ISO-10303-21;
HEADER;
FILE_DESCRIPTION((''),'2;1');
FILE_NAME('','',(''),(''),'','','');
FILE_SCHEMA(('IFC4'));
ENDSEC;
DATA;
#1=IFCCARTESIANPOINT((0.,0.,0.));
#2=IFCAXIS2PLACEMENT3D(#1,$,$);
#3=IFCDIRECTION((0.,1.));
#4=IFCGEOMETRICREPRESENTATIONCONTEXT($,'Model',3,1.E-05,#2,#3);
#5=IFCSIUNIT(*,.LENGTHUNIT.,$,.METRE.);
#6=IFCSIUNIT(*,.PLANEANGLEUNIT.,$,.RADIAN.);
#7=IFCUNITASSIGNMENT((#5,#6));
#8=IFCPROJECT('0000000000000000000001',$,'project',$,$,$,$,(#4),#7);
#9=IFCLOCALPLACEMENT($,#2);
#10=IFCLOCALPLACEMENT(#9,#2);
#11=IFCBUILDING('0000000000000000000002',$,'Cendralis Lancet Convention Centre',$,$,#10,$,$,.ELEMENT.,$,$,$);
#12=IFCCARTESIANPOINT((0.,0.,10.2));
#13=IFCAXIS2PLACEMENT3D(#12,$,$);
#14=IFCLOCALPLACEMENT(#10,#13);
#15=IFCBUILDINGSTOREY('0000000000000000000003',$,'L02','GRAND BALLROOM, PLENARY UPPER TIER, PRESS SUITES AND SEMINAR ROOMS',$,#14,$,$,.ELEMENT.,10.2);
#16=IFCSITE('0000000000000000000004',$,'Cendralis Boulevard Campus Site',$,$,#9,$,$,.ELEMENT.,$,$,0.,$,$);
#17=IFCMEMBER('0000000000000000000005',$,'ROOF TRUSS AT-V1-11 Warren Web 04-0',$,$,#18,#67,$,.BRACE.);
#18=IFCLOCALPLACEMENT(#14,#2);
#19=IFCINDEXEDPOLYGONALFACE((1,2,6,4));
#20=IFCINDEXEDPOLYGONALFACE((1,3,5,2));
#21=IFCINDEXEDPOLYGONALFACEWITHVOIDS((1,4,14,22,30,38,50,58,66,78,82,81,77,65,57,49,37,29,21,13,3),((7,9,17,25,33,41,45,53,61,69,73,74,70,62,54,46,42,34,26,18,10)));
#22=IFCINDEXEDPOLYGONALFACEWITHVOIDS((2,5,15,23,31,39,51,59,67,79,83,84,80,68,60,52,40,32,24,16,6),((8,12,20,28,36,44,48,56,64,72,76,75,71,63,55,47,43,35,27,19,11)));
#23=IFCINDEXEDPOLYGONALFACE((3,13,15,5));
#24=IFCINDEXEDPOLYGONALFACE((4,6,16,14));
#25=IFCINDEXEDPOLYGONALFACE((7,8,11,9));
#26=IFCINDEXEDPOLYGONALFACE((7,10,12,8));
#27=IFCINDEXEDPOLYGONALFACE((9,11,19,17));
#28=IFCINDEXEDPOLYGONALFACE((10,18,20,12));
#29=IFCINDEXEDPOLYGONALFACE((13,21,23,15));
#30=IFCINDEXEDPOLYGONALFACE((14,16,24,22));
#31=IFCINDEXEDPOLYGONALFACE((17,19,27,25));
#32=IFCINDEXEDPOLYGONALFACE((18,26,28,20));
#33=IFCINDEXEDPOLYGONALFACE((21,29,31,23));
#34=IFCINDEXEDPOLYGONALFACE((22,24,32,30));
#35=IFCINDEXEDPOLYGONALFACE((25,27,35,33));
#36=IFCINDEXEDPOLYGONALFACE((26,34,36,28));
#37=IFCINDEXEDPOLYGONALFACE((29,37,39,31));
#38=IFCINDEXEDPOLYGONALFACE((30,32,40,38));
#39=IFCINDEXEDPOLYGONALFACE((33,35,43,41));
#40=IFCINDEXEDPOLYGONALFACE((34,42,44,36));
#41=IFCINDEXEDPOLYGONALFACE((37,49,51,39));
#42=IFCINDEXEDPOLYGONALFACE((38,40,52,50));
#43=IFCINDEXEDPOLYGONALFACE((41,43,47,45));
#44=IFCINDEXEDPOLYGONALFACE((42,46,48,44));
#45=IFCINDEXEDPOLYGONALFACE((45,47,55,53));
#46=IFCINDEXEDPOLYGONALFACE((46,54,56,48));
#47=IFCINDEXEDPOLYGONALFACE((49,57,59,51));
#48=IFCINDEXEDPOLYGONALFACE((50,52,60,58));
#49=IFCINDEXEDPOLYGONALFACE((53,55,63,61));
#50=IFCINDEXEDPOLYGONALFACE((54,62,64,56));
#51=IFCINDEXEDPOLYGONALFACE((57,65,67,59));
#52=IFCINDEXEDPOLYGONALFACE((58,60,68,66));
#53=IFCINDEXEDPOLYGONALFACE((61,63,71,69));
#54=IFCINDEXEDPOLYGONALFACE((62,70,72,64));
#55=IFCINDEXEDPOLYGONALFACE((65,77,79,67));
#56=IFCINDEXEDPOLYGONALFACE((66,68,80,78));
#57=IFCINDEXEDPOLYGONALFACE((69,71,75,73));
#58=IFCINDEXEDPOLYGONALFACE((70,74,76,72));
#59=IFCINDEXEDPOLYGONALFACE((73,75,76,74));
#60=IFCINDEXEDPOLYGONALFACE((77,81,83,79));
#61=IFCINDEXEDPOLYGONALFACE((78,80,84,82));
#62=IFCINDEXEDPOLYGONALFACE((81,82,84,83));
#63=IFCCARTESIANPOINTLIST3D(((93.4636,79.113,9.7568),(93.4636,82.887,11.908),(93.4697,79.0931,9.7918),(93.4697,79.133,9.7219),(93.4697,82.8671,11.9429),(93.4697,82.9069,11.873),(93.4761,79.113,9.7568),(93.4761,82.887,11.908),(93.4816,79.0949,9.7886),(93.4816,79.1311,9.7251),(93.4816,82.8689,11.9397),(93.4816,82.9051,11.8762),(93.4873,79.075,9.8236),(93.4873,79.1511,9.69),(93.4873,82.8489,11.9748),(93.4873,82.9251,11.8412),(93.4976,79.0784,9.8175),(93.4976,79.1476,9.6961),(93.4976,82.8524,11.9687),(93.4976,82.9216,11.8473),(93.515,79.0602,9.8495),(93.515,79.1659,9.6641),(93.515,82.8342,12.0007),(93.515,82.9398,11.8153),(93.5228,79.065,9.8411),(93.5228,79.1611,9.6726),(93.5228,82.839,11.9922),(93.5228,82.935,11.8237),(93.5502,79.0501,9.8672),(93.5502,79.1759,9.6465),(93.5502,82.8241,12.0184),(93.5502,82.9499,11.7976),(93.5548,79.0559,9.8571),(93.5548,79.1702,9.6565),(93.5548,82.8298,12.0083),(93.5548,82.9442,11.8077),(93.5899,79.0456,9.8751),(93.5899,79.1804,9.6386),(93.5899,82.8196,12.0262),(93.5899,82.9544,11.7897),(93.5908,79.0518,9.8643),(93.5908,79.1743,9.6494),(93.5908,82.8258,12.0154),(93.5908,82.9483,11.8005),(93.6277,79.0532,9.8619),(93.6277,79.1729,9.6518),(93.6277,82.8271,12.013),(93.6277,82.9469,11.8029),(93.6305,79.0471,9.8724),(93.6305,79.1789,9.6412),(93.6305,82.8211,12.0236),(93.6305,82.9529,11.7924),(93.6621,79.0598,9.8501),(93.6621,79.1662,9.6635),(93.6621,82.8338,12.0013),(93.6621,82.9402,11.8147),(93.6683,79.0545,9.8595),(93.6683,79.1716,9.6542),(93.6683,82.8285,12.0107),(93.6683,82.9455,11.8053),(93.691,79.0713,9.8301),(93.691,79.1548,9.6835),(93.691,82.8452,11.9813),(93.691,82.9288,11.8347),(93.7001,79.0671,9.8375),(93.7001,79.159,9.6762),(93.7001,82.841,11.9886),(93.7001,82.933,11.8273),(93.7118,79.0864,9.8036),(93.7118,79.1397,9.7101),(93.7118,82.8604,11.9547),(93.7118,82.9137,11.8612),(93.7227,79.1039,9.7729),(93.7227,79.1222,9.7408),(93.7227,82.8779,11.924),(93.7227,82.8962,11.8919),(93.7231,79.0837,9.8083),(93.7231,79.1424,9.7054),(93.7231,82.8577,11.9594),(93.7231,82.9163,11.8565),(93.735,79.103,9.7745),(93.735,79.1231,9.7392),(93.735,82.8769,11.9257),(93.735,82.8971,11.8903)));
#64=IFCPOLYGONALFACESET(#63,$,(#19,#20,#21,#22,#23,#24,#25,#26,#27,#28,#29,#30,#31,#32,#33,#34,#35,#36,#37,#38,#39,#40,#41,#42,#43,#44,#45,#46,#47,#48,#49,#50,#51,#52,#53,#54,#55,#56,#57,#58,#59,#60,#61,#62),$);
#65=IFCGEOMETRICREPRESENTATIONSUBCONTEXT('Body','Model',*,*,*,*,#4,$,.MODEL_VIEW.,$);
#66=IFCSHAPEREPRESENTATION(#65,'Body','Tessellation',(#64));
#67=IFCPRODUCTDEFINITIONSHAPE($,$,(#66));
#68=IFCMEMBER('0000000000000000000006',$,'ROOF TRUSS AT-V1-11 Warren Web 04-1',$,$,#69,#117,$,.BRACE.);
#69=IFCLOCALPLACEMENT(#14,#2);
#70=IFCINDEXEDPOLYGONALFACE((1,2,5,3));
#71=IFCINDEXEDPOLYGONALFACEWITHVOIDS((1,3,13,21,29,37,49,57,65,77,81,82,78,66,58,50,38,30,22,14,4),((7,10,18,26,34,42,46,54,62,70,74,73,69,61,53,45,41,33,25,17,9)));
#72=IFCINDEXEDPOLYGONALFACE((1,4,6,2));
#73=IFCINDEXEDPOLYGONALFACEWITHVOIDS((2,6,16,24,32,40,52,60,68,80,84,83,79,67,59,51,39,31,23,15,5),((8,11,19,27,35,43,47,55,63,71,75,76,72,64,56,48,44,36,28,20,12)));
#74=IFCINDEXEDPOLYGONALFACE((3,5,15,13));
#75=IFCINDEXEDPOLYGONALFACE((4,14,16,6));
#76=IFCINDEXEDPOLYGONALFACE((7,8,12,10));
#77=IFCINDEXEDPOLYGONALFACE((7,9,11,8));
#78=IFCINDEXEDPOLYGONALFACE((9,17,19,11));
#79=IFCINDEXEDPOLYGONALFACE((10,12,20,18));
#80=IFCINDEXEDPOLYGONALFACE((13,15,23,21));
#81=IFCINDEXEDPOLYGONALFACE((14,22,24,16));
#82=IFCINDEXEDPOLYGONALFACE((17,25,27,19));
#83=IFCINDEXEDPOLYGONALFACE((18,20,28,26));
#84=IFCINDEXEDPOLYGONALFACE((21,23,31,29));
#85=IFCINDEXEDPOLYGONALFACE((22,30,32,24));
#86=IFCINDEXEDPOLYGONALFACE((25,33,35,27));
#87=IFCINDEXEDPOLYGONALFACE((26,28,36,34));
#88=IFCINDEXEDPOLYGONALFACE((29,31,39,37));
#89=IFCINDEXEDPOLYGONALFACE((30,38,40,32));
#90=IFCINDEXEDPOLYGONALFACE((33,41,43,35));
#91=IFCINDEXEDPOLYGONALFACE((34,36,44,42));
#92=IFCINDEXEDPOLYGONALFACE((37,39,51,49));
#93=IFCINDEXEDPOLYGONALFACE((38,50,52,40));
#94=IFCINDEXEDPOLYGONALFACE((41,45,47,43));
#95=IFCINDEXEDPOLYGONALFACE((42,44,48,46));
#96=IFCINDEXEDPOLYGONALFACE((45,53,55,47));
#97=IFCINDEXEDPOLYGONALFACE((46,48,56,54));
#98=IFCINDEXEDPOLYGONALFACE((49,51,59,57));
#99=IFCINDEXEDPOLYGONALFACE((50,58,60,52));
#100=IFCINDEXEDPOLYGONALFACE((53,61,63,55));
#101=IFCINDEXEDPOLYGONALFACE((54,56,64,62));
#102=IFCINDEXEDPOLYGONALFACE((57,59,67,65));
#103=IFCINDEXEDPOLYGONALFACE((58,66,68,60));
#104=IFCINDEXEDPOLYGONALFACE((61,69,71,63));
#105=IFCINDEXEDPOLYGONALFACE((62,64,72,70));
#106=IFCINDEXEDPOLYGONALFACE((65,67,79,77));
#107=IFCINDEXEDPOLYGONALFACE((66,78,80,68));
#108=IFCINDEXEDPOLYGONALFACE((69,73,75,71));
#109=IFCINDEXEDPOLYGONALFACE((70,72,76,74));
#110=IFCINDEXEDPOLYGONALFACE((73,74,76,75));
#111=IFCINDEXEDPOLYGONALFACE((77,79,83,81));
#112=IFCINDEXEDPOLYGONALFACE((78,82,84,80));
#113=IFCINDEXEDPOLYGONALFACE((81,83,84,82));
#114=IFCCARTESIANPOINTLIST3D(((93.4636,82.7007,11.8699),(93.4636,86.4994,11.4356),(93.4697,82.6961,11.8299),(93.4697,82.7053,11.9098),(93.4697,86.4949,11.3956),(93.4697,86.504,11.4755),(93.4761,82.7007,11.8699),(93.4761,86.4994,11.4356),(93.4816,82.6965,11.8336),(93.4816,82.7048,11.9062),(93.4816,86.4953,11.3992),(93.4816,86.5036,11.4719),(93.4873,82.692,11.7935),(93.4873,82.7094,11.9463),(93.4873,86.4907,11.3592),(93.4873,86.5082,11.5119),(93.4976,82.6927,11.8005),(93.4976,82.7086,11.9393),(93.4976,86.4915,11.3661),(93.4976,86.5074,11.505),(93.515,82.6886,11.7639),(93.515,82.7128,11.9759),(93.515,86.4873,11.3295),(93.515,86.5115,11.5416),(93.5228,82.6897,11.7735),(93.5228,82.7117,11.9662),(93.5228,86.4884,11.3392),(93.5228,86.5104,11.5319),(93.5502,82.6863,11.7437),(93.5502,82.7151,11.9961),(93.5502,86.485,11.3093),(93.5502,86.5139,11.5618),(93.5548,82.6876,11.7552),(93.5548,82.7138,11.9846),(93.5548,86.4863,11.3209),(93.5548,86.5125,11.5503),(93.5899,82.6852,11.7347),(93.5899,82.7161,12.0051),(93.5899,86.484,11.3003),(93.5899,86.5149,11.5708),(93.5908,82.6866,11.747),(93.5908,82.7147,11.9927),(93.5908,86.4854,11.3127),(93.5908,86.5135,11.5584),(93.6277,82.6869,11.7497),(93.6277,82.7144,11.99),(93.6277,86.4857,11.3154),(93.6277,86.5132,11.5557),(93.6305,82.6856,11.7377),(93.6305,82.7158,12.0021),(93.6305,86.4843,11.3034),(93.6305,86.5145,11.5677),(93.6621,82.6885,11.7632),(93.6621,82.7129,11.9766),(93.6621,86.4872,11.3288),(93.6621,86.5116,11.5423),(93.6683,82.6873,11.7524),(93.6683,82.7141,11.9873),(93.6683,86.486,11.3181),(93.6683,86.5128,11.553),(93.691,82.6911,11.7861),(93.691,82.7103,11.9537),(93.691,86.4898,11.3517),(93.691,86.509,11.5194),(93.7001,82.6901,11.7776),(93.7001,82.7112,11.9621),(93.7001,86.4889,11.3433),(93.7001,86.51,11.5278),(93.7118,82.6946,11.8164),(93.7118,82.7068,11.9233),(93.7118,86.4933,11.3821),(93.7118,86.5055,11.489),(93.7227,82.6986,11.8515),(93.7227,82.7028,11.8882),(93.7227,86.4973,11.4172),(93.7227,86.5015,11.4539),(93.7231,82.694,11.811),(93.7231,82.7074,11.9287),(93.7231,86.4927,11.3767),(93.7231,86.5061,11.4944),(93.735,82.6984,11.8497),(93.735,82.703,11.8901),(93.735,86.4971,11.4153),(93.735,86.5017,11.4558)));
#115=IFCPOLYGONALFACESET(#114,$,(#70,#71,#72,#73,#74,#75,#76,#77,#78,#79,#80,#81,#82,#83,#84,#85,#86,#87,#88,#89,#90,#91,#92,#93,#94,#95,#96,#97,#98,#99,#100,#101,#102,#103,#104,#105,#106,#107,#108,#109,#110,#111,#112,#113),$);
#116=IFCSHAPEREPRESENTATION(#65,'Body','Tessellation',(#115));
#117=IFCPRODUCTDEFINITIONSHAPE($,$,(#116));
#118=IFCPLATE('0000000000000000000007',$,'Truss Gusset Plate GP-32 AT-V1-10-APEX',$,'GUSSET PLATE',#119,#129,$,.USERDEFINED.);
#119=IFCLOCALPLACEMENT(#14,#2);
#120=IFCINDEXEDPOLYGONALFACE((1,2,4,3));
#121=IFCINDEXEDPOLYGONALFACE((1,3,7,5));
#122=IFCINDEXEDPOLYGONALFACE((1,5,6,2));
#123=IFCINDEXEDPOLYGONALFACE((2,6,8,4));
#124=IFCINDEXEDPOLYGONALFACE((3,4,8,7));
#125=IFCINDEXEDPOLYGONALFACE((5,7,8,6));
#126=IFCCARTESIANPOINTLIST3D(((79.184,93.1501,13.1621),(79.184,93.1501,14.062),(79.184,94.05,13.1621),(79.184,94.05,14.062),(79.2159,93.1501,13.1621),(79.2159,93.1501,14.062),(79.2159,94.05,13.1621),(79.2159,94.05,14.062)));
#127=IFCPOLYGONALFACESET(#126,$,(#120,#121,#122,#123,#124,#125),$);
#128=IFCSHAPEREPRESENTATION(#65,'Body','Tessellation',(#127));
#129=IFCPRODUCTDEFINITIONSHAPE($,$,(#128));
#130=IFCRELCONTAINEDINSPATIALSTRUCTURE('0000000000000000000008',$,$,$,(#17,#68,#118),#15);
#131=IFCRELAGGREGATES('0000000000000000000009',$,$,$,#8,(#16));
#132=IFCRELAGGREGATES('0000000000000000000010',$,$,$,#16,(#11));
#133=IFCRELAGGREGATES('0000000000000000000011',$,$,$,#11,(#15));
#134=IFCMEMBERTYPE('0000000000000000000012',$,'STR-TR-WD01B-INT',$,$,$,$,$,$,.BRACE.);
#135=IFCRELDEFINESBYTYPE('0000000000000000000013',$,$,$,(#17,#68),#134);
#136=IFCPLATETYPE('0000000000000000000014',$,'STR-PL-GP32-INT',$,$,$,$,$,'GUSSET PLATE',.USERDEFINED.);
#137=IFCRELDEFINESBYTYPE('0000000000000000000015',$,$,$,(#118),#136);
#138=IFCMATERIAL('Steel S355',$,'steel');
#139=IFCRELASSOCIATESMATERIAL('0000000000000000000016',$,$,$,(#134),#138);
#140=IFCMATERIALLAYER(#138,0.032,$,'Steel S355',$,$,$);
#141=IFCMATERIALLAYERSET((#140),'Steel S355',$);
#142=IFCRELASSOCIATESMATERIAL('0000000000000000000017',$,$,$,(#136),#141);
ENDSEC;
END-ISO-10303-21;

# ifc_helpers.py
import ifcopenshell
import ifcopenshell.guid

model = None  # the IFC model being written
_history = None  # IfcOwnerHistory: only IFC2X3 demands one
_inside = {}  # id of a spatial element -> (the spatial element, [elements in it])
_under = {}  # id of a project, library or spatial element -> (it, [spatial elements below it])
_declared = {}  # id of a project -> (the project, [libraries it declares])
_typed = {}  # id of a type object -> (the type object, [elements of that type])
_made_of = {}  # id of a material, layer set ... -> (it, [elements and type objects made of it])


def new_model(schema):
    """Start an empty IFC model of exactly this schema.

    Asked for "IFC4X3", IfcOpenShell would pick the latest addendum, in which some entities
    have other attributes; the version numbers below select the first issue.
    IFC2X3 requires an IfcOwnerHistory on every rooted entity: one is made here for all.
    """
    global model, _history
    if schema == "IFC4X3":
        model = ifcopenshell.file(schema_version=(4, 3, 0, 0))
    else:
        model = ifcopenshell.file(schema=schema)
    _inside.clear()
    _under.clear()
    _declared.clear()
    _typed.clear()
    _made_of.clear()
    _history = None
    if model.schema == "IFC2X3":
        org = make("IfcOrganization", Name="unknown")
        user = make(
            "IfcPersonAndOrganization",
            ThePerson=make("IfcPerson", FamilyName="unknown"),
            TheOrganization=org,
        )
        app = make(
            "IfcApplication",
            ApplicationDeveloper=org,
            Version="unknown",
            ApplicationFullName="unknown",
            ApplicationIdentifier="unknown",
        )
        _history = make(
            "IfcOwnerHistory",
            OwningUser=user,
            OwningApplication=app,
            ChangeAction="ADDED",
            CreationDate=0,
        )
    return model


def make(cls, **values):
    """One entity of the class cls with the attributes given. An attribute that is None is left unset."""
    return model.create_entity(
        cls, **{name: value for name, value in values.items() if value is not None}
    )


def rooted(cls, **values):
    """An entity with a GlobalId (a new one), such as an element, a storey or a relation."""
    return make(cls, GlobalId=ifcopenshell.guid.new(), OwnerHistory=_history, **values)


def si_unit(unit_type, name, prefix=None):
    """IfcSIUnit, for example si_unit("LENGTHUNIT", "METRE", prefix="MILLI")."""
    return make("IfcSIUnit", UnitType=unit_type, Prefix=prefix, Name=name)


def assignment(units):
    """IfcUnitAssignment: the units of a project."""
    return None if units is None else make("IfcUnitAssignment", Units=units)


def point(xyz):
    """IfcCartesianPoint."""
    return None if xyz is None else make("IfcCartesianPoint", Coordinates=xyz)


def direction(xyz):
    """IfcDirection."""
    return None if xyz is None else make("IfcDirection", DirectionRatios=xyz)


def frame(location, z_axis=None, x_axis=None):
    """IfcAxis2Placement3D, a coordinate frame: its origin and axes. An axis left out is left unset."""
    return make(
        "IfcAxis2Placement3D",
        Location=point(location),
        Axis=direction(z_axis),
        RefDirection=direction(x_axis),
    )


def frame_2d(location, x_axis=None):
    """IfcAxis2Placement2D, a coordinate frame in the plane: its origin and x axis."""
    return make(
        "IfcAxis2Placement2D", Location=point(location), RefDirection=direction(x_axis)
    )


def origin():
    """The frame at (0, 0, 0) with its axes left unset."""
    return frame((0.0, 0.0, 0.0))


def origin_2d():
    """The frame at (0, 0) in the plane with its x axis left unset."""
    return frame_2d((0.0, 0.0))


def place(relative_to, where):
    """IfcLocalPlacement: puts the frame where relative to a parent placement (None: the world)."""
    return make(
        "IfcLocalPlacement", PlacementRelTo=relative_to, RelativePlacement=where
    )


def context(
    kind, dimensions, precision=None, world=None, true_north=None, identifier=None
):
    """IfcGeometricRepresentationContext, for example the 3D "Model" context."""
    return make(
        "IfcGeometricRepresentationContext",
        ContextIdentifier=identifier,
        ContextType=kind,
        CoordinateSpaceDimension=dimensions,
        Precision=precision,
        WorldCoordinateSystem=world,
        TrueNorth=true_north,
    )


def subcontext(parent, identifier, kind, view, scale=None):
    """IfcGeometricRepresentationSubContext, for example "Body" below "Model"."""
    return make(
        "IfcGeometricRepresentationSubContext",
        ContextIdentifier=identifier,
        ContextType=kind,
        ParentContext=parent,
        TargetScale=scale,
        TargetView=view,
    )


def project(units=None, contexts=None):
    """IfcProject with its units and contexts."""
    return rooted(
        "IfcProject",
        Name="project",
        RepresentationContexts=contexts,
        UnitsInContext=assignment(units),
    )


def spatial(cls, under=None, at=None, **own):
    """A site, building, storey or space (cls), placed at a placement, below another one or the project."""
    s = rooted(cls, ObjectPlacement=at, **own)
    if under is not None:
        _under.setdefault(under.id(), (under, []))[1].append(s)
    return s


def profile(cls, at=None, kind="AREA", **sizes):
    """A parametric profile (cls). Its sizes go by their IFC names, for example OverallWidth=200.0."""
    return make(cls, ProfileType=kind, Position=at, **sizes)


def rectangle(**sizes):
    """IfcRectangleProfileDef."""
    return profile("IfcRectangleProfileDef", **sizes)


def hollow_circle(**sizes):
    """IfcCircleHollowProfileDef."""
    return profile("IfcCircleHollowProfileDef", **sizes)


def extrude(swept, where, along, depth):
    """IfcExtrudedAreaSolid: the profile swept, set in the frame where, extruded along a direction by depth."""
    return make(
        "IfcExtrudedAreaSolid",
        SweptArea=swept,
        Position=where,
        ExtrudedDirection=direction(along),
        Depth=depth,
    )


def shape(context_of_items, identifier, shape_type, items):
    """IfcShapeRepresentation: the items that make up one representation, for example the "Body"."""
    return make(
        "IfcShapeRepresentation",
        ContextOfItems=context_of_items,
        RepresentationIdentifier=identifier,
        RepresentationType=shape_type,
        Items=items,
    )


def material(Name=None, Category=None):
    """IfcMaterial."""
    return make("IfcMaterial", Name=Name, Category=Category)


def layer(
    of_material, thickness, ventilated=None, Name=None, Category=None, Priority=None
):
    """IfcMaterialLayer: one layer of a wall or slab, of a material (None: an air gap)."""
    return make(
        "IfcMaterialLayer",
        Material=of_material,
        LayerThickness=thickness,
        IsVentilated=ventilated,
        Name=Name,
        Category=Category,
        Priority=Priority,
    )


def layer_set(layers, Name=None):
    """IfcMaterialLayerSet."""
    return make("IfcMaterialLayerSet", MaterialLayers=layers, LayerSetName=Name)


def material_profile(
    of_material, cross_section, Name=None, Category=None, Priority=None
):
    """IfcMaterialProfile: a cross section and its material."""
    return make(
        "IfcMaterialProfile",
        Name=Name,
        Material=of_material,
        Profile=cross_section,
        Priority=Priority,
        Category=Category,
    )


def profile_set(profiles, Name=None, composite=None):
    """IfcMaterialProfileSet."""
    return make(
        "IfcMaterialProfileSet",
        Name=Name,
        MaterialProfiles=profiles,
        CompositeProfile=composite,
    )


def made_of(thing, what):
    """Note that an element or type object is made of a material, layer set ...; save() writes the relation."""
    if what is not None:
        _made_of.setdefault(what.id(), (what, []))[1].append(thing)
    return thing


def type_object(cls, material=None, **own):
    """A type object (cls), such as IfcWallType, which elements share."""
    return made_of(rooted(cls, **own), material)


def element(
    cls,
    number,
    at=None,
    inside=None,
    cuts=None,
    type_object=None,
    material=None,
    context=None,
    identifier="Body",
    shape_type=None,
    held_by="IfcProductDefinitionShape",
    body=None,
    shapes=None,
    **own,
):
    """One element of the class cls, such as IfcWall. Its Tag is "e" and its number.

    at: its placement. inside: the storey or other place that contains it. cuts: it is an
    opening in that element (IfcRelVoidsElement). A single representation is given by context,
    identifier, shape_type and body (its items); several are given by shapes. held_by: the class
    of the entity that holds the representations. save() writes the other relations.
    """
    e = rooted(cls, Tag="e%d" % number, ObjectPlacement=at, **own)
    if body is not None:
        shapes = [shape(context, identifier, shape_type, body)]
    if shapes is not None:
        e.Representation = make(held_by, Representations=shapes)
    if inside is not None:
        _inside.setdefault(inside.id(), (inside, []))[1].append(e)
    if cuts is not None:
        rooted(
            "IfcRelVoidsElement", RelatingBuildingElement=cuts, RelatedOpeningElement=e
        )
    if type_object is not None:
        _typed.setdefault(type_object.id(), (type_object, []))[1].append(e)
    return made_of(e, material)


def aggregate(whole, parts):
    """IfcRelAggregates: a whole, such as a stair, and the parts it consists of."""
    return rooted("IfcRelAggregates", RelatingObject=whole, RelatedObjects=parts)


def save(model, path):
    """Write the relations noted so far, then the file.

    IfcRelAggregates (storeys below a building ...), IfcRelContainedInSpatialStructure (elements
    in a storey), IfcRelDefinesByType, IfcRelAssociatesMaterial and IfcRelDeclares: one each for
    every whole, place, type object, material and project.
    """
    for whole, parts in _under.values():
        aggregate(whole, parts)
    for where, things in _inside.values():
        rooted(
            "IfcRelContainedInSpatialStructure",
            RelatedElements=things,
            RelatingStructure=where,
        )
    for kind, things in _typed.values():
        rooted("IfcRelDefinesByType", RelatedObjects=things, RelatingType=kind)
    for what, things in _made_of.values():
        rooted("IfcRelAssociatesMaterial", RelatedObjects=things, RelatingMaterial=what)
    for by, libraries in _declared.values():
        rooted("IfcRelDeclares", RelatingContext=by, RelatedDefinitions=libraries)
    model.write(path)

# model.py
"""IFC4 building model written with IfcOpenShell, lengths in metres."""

from ifc_helpers import new_model, si_unit, direction, frame, origin, origin_2d, place, context, subcontext, project, spatial, rectangle, hollow_circle, extrude, material, layer, layer_set, material_profile, profile_set, type_object, element, save


model = new_model("IFC4")

# Units and contexts
model_context = context("Model", 3, precision=1e-05, world=origin(), true_north=direction((0.0, 1.0)))
body_context = subcontext(model_context, "Body", "Model", "MODEL_VIEW")
ifc_project = project(units=[si_unit("LENGTHUNIT", "METRE"), si_unit("PLANEANGLEUNIT", "RADIAN")], contexts=[model_context])

# Site, building, storey
site_placement = place(None, origin())
site = spatial("IfcSite", under=ifc_project, at=site_placement, Name="Cendralis Boulevard Campus Site", CompositionType="ELEMENT", RefElevation=0.0)
building_placement = place(site_placement, origin())
building = spatial("IfcBuilding", under=site, at=building_placement, Name="Cendralis Lancet Convention Centre", CompositionType="ELEMENT")
storey_placement = place(building_placement, frame((0.0, 0.0, 10.2)))
storey = spatial("IfcBuildingStorey", under=building, at=storey_placement, Name="L02", Description="GRAND BALLROOM, PLENARY UPPER TIER, PRESS SUITES AND SEMINAR ROOMS", CompositionType="ELEMENT", Elevation=10.2)

# Members
ifc_material = material(Name="Steel S355", Category="steel")
ifc_material_profile_1 = material_profile(ifc_material, hollow_circle(Radius=0.1365, WallThickness=0.0125, at=origin_2d()), Name="CHS 273.0x12.5")
ifc_profile_set_1 = profile_set([ifc_material_profile_1], Name="Steel S355")
member_type_1 = type_object("IfcMemberType", Name="STR-TR-WD01B-INT", PredefinedType="BRACE", material=ifc_profile_set_1)
member_1_placement = place(storey_placement, frame((93.6001, 79.113, 9.7568), z_axis=(0.0, 0.868779, 0.4952), x_axis=(-1.0, 0.0, 0.0)))
element("IfcMember", 1, at=member_1_placement, inside=storey, type_object=member_type_1, Name="ROOF TRUSS AT-V1-11 Warren Web 04-0", PredefinedType="BRACE", context=body_context, shape_type="SweptSolid", body=[
    extrude(hollow_circle(Radius=0.1365, WallThickness=0.0125, at=origin_2d()), origin(), (0.0, 0.0, 1.0), 4.344),
])
member_2_placement = place(storey_placement, frame((93.6001, 82.7007, 11.8699), z_axis=(0.0, 0.993528, -0.113592), x_axis=(-1.0, 0.0, 0.0)))
element("IfcMember", 2, at=member_2_placement, inside=storey, type_object=member_type_1, Name="ROOF TRUSS AT-V1-11 Warren Web 04-1", PredefinedType="BRACE", context=body_context, shape_type="SweptSolid", body=[
    extrude(hollow_circle(Radius=0.1365, WallThickness=0.0125, at=origin_2d()), origin(), (0.0, 0.0, 1.0), 3.8235),
])

# Plate
ifc_layer = layer(ifc_material, 0.032, Name="Steel S355")
ifc_layer_set = layer_set([ifc_layer], Name="Steel S355")
plate_type = type_object("IfcPlateType", Name="STR-PL-GP32-INT", ElementType="GUSSET PLATE", PredefinedType="USERDEFINED", material=ifc_layer_set)
plate_placement = place(storey_placement, frame((79.2, 93.6001, 13.1621), z_axis=(0.0, 0.0, 1.0), x_axis=(0.0, 1.0, 0.0)))
element("IfcPlate", 3, at=plate_placement, inside=storey, type_object=plate_type, Name="Truss Gusset Plate GP-32 AT-V1-10-APEX", ObjectType="GUSSET PLATE", PredefinedType="USERDEFINED", context=body_context, shape_type="SweptSolid", body=[
    extrude(rectangle(XDim=0.8999, YDim=0.032, at=origin_2d()), origin(), (0.0, 0.0, 1.0), 0.8999),
])

save(model, "model.ifc")
